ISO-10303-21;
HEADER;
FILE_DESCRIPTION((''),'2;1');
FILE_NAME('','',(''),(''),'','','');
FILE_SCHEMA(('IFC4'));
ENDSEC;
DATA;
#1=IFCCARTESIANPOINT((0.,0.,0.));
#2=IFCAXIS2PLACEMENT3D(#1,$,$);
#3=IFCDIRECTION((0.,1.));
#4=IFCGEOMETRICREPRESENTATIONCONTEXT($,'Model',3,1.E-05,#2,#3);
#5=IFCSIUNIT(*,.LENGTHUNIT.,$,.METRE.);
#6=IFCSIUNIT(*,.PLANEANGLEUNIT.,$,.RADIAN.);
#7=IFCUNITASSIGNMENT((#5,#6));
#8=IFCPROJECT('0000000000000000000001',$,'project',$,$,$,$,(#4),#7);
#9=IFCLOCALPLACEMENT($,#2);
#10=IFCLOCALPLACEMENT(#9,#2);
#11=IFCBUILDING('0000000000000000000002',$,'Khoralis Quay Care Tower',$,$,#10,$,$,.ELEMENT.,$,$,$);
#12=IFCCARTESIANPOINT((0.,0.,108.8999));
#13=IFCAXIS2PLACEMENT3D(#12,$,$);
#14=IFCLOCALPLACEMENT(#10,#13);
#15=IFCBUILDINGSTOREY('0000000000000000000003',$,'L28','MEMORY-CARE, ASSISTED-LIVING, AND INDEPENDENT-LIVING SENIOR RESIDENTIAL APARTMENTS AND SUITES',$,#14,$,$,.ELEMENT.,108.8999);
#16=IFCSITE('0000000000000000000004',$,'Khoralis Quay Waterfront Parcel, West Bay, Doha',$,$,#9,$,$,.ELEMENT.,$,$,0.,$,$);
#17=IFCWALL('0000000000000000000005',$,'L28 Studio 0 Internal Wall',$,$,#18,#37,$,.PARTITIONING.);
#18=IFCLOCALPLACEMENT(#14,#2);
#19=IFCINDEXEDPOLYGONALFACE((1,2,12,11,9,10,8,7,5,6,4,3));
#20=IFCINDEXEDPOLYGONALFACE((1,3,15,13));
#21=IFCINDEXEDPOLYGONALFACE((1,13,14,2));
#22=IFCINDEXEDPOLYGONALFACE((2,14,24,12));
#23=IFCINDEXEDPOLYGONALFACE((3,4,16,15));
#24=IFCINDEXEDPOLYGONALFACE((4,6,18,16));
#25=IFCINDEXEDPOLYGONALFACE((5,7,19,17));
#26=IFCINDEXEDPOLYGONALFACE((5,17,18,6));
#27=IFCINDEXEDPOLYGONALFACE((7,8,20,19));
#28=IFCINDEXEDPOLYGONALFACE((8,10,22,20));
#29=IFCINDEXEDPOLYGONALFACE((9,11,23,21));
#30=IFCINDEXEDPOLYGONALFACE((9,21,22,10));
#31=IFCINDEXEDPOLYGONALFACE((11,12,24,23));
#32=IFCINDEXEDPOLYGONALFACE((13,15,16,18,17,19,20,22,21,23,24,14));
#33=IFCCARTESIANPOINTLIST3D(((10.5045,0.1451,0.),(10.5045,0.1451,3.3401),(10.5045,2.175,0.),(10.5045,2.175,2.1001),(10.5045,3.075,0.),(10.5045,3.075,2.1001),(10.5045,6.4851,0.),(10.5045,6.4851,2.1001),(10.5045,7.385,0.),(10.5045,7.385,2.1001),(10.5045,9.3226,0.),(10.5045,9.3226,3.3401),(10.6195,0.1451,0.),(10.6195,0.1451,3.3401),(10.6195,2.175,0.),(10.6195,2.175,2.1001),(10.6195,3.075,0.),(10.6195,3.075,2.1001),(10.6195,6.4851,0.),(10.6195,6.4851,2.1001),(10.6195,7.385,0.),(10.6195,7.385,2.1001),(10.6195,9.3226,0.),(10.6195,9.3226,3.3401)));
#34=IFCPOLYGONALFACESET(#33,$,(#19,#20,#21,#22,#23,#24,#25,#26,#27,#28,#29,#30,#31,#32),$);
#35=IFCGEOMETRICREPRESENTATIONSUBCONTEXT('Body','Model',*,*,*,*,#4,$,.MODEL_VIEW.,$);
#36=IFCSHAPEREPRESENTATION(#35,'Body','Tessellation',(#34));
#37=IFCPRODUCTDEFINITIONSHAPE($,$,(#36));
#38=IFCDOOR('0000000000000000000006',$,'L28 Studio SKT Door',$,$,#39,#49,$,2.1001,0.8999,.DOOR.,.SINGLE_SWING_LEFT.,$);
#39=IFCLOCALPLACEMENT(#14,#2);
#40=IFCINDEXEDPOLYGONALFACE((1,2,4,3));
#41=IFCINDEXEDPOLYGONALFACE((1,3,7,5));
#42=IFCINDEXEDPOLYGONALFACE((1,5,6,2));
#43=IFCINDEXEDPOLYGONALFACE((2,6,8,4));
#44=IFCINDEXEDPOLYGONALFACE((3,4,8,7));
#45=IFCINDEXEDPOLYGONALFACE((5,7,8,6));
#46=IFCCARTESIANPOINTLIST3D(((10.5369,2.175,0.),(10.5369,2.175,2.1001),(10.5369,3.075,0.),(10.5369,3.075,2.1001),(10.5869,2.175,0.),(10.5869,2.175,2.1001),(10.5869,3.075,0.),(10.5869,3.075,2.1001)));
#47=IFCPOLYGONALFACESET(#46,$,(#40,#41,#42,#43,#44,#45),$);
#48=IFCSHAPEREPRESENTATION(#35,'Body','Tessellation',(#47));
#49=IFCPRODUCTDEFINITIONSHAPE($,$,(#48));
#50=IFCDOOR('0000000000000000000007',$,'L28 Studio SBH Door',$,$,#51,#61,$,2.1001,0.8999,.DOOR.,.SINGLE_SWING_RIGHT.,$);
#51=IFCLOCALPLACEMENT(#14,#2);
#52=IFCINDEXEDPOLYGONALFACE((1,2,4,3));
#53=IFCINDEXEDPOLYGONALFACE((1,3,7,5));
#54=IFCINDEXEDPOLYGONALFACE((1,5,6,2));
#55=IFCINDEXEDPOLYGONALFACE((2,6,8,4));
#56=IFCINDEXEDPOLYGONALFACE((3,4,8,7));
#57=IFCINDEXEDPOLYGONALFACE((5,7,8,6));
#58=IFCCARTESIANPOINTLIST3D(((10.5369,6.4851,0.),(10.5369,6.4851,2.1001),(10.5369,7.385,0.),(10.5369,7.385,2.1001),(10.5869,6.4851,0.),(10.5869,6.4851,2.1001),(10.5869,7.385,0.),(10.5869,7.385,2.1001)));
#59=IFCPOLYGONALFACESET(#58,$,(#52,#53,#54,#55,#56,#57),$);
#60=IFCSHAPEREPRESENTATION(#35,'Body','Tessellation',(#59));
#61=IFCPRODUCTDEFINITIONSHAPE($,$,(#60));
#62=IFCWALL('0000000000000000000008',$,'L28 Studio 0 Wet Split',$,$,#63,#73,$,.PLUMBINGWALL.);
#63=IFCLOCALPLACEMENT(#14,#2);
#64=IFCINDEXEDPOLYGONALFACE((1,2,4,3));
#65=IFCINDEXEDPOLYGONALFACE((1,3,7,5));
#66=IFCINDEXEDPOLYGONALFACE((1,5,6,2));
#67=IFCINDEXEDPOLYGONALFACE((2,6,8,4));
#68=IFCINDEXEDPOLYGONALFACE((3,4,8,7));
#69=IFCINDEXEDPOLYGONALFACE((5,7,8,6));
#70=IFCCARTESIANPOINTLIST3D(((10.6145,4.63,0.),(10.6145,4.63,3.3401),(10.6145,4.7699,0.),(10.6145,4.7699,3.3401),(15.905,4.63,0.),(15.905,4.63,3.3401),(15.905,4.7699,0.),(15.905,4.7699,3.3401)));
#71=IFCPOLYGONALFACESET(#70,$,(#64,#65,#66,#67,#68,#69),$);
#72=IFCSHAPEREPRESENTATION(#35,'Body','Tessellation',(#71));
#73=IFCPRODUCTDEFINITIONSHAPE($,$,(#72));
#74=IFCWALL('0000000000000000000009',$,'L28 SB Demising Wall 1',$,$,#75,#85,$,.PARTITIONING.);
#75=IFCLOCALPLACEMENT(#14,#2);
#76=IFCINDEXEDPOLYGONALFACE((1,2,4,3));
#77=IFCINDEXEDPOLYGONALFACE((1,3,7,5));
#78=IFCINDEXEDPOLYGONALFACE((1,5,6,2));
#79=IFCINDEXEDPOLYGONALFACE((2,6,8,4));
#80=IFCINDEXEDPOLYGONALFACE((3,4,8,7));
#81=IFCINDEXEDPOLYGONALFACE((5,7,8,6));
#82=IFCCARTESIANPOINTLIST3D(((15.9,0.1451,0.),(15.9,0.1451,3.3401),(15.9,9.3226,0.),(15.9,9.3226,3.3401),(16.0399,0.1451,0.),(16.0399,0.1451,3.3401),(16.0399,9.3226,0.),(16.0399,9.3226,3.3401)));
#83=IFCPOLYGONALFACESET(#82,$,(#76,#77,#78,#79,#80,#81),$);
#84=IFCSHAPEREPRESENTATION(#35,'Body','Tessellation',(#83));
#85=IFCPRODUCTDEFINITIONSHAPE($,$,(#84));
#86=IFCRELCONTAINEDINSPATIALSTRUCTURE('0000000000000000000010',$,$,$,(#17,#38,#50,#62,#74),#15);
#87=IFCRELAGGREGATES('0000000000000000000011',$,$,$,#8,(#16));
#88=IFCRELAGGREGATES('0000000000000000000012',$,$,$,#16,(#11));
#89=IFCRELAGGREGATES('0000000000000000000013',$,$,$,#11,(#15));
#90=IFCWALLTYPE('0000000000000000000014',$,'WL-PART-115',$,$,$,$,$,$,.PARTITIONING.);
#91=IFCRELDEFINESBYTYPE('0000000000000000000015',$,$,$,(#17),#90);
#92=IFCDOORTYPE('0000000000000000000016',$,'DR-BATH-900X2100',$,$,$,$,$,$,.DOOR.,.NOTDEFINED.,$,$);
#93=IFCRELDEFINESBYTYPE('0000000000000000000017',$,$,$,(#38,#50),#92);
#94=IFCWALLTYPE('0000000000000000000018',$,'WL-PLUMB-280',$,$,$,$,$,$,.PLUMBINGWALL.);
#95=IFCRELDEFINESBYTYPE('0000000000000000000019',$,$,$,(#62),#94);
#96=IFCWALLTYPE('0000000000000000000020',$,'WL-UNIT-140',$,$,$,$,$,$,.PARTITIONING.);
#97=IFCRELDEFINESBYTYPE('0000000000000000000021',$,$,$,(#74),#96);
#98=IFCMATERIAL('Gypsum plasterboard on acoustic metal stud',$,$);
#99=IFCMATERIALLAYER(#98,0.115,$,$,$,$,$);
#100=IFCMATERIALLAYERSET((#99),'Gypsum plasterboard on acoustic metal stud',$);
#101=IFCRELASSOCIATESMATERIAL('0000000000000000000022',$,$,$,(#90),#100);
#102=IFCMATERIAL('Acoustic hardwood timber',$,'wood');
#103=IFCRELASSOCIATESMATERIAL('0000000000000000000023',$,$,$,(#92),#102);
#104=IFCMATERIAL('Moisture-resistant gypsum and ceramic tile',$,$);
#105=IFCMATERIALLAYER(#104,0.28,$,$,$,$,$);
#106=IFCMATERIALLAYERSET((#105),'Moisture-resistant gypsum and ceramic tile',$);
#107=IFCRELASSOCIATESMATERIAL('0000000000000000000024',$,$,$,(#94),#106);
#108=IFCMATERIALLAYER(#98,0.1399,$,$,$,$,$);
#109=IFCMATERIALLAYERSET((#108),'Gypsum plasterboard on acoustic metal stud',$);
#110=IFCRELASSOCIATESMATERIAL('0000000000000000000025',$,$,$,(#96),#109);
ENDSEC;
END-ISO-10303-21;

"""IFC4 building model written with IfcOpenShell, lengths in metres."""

from ifc_helpers import new_model, si_unit, direction, frame, frame_2d, origin, place, context, subcontext, project, spatial, rectangle, extrude, source, transform, mapped, material, layer, layer_set, type_object, element, fill, save


model = new_model("IFC4")

# Units and contexts
model_context = context("Model", 3, precision=1e-05, world=origin(), true_north=direction((0.0, 1.0)))
body_context = subcontext(model_context, "Body", "Model", "MODEL_VIEW")
ifc_project = project(units=[si_unit("LENGTHUNIT", "METRE"), si_unit("PLANEANGLEUNIT", "RADIAN")], contexts=[model_context])

# Site, building, storey
site_placement = place(None, origin())
site = spatial("IfcSite", under=ifc_project, at=site_placement, Name="Khoralis Quay Waterfront Parcel, West Bay, Doha", CompositionType="ELEMENT", RefElevation=0.0)
building_placement = place(site_placement, origin())
building = spatial("IfcBuilding", under=site, at=building_placement, Name="Khoralis Quay Care Tower", CompositionType="ELEMENT")
storey_placement = place(building_placement, frame((0.0, 0.0, 108.8999)))
storey = spatial("IfcBuildingStorey", under=building, at=storey_placement, Name="L28", Description="MEMORY-CARE, ASSISTED-LIVING, AND INDEPENDENT-LIVING SENIOR RESIDENTIAL APARTMENTS AND SUITES", CompositionType="ELEMENT", Elevation=108.8999)

# Shared definitions
ifc_material_1 = material(Name="Gypsum plasterboard on acoustic metal stud")

# Wall, openings, doors
ifc_layer_1 = layer(ifc_material_1, 0.115)
ifc_layer_set_1 = layer_set([ifc_layer_1], Name="Gypsum plasterboard on acoustic metal stud")
wall_type_1 = type_object("IfcWallType", Name="WL-PART-115", PredefinedType="PARTITIONING", material=ifc_layer_set_1)
wall_1_placement = place(storey_placement, frame((10.562, 0.145, 0.0), z_axis=(0.0, 0.0, 1.0), x_axis=(0.0, 1.0, 0.0)))
wall_1 = element("IfcWall", 1, at=wall_1_placement, inside=storey, type_object=wall_type_1, Name="L28 Studio 0 Internal Wall", PredefinedType="PARTITIONING", context=body_context, shape_type="SweptSolid", body=[
    extrude(rectangle(XDim=9.1775, YDim=0.115, at=frame_2d((4.5889, 0.0))), origin(), (0.0, 0.0, 1.0), 3.3401),
])
opening_1_placement = place(wall_1_placement, frame((2.03, 0.0, 0.0)))
opening_1 = element("IfcOpeningElement", 2, at=opening_1_placement, cuts=wall_1, PredefinedType="OPENING", context=body_context, shape_type="SweptSolid", body=[
    extrude(rectangle(XDim=0.8999, YDim=2.1001, at=frame_2d((0.45, 1.05))), frame((0.0, 0.0674, 0.0), z_axis=(0.0, -1.0, 0.0), x_axis=(1.0, 0.0, 0.0)), (0.0, 0.0, 1.0), 0.135),
])
opening_2_placement = place(wall_1_placement, frame((6.3401, 0.0, 0.0)))
opening_2 = element("IfcOpeningElement", 3, at=opening_2_placement, cuts=wall_1, PredefinedType="OPENING", context=body_context, shape_type="SweptSolid", body=[
    extrude(rectangle(XDim=0.8999, YDim=2.1001, at=frame_2d((0.45, 1.05))), frame((0.0, 0.0674, 0.0), z_axis=(0.0, -1.0, 0.0), x_axis=(1.0, 0.0, 0.0)), (0.0, 0.0, 1.0), 0.135),
])
ifc_material_2 = material(Name="Acoustic hardwood timber", Category="wood")
door_type_1 = type_object("IfcDoorType", Name="DR-BATH-900X2100", OperationType="NOTDEFINED", PredefinedType="DOOR", material=ifc_material_2)
shared_shape_1 = source(origin(), body_context, "Body", "SweptSolid", [
    extrude(rectangle(XDim=0.8999, YDim=2.1001, at=frame_2d((0.45, 1.05))), frame((0.0, 0.0249, 0.0), z_axis=(0.0, -1.0, 0.0), x_axis=(1.0, 0.0, 0.0)), (0.0, 0.0, 1.0), 0.05),
])
door_1_placement = place(opening_1_placement, frame((0.8999, 0.0, 0.0), z_axis=(0.0, 0.0, 1.0), x_axis=(-1.0, 0.0, 0.0)))
door_1 = element("IfcDoor", 4, at=door_1_placement, inside=storey, type_object=door_type_1, Name="L28 Studio SKT Door", OperationType="SINGLE_SWING_LEFT", OverallHeight=2.1001, OverallWidth=0.8999, PredefinedType="DOOR", context=body_context, shape_type="MappedRepresentation", body=[
    mapped(shared_shape_1, transform((0.0, 0.0, 0.0), scale=1.0)),
])
fill(opening_1, door_1)
door_2_placement = place(opening_2_placement, frame((0.8999, 0.0, 0.0), z_axis=(0.0, 0.0, 1.0), x_axis=(-1.0, 0.0, 0.0)))
door_2 = element("IfcDoor", 5, at=door_2_placement, inside=storey, type_object=door_type_1, Name="L28 Studio SBH Door", OperationType="SINGLE_SWING_RIGHT", OverallHeight=2.1001, OverallWidth=0.8999, PredefinedType="DOOR", context=body_context, shape_type="MappedRepresentation", body=[
    mapped(shared_shape_1, transform((0.0, 0.0, 0.0), scale=1.0)),
])
fill(opening_2, door_2)

# Walls
ifc_material_3 = material(Name="Moisture-resistant gypsum and ceramic tile")
ifc_layer_2 = layer(ifc_material_3, 0.28)
ifc_layer_set_2 = layer_set([ifc_layer_2], Name="Moisture-resistant gypsum and ceramic tile")
wall_type_2 = type_object("IfcWallType", Name="WL-PLUMB-280", PredefinedType="PLUMBINGWALL", material=ifc_layer_set_2)
wall_2_placement = place(storey_placement, frame((10.6145, 4.7, 0.0), z_axis=(0.0, 0.0, 1.0), x_axis=(1.0, 0.0, 0.0)))
element("IfcWall", 6, at=wall_2_placement, inside=storey, type_object=wall_type_2, Name="L28 Studio 0 Wet Split", PredefinedType="PLUMBINGWALL", context=body_context, shape_type="SweptSolid", body=[
    extrude(rectangle(XDim=5.2905, YDim=0.1399, at=frame_2d((2.6453, 0.0))), origin(), (0.0, 0.0, 1.0), 3.3401),
])
ifc_layer_3 = layer(ifc_material_1, 0.1399)
ifc_layer_set_3 = layer_set([ifc_layer_3], Name="Gypsum plasterboard on acoustic metal stud")
wall_type_3 = type_object("IfcWallType", Name="WL-UNIT-140", PredefinedType="PARTITIONING", material=ifc_layer_set_3)
wall_3_placement = place(storey_placement, frame((15.97, 0.145, 0.0), z_axis=(0.0, 0.0, 1.0), x_axis=(0.0, 1.0, 0.0)))
element("IfcWall", 7, at=wall_3_placement, inside=storey, type_object=wall_type_3, Name="L28 SB Demising Wall 1", PredefinedType="PARTITIONING", context=body_context, shape_type="SweptSolid", body=[
    extrude(rectangle(XDim=9.1775, YDim=0.1399, at=frame_2d((4.5889, 0.0))), origin(), (0.0, 0.0, 1.0), 3.3401),
])

save(model, "model.ifc")
